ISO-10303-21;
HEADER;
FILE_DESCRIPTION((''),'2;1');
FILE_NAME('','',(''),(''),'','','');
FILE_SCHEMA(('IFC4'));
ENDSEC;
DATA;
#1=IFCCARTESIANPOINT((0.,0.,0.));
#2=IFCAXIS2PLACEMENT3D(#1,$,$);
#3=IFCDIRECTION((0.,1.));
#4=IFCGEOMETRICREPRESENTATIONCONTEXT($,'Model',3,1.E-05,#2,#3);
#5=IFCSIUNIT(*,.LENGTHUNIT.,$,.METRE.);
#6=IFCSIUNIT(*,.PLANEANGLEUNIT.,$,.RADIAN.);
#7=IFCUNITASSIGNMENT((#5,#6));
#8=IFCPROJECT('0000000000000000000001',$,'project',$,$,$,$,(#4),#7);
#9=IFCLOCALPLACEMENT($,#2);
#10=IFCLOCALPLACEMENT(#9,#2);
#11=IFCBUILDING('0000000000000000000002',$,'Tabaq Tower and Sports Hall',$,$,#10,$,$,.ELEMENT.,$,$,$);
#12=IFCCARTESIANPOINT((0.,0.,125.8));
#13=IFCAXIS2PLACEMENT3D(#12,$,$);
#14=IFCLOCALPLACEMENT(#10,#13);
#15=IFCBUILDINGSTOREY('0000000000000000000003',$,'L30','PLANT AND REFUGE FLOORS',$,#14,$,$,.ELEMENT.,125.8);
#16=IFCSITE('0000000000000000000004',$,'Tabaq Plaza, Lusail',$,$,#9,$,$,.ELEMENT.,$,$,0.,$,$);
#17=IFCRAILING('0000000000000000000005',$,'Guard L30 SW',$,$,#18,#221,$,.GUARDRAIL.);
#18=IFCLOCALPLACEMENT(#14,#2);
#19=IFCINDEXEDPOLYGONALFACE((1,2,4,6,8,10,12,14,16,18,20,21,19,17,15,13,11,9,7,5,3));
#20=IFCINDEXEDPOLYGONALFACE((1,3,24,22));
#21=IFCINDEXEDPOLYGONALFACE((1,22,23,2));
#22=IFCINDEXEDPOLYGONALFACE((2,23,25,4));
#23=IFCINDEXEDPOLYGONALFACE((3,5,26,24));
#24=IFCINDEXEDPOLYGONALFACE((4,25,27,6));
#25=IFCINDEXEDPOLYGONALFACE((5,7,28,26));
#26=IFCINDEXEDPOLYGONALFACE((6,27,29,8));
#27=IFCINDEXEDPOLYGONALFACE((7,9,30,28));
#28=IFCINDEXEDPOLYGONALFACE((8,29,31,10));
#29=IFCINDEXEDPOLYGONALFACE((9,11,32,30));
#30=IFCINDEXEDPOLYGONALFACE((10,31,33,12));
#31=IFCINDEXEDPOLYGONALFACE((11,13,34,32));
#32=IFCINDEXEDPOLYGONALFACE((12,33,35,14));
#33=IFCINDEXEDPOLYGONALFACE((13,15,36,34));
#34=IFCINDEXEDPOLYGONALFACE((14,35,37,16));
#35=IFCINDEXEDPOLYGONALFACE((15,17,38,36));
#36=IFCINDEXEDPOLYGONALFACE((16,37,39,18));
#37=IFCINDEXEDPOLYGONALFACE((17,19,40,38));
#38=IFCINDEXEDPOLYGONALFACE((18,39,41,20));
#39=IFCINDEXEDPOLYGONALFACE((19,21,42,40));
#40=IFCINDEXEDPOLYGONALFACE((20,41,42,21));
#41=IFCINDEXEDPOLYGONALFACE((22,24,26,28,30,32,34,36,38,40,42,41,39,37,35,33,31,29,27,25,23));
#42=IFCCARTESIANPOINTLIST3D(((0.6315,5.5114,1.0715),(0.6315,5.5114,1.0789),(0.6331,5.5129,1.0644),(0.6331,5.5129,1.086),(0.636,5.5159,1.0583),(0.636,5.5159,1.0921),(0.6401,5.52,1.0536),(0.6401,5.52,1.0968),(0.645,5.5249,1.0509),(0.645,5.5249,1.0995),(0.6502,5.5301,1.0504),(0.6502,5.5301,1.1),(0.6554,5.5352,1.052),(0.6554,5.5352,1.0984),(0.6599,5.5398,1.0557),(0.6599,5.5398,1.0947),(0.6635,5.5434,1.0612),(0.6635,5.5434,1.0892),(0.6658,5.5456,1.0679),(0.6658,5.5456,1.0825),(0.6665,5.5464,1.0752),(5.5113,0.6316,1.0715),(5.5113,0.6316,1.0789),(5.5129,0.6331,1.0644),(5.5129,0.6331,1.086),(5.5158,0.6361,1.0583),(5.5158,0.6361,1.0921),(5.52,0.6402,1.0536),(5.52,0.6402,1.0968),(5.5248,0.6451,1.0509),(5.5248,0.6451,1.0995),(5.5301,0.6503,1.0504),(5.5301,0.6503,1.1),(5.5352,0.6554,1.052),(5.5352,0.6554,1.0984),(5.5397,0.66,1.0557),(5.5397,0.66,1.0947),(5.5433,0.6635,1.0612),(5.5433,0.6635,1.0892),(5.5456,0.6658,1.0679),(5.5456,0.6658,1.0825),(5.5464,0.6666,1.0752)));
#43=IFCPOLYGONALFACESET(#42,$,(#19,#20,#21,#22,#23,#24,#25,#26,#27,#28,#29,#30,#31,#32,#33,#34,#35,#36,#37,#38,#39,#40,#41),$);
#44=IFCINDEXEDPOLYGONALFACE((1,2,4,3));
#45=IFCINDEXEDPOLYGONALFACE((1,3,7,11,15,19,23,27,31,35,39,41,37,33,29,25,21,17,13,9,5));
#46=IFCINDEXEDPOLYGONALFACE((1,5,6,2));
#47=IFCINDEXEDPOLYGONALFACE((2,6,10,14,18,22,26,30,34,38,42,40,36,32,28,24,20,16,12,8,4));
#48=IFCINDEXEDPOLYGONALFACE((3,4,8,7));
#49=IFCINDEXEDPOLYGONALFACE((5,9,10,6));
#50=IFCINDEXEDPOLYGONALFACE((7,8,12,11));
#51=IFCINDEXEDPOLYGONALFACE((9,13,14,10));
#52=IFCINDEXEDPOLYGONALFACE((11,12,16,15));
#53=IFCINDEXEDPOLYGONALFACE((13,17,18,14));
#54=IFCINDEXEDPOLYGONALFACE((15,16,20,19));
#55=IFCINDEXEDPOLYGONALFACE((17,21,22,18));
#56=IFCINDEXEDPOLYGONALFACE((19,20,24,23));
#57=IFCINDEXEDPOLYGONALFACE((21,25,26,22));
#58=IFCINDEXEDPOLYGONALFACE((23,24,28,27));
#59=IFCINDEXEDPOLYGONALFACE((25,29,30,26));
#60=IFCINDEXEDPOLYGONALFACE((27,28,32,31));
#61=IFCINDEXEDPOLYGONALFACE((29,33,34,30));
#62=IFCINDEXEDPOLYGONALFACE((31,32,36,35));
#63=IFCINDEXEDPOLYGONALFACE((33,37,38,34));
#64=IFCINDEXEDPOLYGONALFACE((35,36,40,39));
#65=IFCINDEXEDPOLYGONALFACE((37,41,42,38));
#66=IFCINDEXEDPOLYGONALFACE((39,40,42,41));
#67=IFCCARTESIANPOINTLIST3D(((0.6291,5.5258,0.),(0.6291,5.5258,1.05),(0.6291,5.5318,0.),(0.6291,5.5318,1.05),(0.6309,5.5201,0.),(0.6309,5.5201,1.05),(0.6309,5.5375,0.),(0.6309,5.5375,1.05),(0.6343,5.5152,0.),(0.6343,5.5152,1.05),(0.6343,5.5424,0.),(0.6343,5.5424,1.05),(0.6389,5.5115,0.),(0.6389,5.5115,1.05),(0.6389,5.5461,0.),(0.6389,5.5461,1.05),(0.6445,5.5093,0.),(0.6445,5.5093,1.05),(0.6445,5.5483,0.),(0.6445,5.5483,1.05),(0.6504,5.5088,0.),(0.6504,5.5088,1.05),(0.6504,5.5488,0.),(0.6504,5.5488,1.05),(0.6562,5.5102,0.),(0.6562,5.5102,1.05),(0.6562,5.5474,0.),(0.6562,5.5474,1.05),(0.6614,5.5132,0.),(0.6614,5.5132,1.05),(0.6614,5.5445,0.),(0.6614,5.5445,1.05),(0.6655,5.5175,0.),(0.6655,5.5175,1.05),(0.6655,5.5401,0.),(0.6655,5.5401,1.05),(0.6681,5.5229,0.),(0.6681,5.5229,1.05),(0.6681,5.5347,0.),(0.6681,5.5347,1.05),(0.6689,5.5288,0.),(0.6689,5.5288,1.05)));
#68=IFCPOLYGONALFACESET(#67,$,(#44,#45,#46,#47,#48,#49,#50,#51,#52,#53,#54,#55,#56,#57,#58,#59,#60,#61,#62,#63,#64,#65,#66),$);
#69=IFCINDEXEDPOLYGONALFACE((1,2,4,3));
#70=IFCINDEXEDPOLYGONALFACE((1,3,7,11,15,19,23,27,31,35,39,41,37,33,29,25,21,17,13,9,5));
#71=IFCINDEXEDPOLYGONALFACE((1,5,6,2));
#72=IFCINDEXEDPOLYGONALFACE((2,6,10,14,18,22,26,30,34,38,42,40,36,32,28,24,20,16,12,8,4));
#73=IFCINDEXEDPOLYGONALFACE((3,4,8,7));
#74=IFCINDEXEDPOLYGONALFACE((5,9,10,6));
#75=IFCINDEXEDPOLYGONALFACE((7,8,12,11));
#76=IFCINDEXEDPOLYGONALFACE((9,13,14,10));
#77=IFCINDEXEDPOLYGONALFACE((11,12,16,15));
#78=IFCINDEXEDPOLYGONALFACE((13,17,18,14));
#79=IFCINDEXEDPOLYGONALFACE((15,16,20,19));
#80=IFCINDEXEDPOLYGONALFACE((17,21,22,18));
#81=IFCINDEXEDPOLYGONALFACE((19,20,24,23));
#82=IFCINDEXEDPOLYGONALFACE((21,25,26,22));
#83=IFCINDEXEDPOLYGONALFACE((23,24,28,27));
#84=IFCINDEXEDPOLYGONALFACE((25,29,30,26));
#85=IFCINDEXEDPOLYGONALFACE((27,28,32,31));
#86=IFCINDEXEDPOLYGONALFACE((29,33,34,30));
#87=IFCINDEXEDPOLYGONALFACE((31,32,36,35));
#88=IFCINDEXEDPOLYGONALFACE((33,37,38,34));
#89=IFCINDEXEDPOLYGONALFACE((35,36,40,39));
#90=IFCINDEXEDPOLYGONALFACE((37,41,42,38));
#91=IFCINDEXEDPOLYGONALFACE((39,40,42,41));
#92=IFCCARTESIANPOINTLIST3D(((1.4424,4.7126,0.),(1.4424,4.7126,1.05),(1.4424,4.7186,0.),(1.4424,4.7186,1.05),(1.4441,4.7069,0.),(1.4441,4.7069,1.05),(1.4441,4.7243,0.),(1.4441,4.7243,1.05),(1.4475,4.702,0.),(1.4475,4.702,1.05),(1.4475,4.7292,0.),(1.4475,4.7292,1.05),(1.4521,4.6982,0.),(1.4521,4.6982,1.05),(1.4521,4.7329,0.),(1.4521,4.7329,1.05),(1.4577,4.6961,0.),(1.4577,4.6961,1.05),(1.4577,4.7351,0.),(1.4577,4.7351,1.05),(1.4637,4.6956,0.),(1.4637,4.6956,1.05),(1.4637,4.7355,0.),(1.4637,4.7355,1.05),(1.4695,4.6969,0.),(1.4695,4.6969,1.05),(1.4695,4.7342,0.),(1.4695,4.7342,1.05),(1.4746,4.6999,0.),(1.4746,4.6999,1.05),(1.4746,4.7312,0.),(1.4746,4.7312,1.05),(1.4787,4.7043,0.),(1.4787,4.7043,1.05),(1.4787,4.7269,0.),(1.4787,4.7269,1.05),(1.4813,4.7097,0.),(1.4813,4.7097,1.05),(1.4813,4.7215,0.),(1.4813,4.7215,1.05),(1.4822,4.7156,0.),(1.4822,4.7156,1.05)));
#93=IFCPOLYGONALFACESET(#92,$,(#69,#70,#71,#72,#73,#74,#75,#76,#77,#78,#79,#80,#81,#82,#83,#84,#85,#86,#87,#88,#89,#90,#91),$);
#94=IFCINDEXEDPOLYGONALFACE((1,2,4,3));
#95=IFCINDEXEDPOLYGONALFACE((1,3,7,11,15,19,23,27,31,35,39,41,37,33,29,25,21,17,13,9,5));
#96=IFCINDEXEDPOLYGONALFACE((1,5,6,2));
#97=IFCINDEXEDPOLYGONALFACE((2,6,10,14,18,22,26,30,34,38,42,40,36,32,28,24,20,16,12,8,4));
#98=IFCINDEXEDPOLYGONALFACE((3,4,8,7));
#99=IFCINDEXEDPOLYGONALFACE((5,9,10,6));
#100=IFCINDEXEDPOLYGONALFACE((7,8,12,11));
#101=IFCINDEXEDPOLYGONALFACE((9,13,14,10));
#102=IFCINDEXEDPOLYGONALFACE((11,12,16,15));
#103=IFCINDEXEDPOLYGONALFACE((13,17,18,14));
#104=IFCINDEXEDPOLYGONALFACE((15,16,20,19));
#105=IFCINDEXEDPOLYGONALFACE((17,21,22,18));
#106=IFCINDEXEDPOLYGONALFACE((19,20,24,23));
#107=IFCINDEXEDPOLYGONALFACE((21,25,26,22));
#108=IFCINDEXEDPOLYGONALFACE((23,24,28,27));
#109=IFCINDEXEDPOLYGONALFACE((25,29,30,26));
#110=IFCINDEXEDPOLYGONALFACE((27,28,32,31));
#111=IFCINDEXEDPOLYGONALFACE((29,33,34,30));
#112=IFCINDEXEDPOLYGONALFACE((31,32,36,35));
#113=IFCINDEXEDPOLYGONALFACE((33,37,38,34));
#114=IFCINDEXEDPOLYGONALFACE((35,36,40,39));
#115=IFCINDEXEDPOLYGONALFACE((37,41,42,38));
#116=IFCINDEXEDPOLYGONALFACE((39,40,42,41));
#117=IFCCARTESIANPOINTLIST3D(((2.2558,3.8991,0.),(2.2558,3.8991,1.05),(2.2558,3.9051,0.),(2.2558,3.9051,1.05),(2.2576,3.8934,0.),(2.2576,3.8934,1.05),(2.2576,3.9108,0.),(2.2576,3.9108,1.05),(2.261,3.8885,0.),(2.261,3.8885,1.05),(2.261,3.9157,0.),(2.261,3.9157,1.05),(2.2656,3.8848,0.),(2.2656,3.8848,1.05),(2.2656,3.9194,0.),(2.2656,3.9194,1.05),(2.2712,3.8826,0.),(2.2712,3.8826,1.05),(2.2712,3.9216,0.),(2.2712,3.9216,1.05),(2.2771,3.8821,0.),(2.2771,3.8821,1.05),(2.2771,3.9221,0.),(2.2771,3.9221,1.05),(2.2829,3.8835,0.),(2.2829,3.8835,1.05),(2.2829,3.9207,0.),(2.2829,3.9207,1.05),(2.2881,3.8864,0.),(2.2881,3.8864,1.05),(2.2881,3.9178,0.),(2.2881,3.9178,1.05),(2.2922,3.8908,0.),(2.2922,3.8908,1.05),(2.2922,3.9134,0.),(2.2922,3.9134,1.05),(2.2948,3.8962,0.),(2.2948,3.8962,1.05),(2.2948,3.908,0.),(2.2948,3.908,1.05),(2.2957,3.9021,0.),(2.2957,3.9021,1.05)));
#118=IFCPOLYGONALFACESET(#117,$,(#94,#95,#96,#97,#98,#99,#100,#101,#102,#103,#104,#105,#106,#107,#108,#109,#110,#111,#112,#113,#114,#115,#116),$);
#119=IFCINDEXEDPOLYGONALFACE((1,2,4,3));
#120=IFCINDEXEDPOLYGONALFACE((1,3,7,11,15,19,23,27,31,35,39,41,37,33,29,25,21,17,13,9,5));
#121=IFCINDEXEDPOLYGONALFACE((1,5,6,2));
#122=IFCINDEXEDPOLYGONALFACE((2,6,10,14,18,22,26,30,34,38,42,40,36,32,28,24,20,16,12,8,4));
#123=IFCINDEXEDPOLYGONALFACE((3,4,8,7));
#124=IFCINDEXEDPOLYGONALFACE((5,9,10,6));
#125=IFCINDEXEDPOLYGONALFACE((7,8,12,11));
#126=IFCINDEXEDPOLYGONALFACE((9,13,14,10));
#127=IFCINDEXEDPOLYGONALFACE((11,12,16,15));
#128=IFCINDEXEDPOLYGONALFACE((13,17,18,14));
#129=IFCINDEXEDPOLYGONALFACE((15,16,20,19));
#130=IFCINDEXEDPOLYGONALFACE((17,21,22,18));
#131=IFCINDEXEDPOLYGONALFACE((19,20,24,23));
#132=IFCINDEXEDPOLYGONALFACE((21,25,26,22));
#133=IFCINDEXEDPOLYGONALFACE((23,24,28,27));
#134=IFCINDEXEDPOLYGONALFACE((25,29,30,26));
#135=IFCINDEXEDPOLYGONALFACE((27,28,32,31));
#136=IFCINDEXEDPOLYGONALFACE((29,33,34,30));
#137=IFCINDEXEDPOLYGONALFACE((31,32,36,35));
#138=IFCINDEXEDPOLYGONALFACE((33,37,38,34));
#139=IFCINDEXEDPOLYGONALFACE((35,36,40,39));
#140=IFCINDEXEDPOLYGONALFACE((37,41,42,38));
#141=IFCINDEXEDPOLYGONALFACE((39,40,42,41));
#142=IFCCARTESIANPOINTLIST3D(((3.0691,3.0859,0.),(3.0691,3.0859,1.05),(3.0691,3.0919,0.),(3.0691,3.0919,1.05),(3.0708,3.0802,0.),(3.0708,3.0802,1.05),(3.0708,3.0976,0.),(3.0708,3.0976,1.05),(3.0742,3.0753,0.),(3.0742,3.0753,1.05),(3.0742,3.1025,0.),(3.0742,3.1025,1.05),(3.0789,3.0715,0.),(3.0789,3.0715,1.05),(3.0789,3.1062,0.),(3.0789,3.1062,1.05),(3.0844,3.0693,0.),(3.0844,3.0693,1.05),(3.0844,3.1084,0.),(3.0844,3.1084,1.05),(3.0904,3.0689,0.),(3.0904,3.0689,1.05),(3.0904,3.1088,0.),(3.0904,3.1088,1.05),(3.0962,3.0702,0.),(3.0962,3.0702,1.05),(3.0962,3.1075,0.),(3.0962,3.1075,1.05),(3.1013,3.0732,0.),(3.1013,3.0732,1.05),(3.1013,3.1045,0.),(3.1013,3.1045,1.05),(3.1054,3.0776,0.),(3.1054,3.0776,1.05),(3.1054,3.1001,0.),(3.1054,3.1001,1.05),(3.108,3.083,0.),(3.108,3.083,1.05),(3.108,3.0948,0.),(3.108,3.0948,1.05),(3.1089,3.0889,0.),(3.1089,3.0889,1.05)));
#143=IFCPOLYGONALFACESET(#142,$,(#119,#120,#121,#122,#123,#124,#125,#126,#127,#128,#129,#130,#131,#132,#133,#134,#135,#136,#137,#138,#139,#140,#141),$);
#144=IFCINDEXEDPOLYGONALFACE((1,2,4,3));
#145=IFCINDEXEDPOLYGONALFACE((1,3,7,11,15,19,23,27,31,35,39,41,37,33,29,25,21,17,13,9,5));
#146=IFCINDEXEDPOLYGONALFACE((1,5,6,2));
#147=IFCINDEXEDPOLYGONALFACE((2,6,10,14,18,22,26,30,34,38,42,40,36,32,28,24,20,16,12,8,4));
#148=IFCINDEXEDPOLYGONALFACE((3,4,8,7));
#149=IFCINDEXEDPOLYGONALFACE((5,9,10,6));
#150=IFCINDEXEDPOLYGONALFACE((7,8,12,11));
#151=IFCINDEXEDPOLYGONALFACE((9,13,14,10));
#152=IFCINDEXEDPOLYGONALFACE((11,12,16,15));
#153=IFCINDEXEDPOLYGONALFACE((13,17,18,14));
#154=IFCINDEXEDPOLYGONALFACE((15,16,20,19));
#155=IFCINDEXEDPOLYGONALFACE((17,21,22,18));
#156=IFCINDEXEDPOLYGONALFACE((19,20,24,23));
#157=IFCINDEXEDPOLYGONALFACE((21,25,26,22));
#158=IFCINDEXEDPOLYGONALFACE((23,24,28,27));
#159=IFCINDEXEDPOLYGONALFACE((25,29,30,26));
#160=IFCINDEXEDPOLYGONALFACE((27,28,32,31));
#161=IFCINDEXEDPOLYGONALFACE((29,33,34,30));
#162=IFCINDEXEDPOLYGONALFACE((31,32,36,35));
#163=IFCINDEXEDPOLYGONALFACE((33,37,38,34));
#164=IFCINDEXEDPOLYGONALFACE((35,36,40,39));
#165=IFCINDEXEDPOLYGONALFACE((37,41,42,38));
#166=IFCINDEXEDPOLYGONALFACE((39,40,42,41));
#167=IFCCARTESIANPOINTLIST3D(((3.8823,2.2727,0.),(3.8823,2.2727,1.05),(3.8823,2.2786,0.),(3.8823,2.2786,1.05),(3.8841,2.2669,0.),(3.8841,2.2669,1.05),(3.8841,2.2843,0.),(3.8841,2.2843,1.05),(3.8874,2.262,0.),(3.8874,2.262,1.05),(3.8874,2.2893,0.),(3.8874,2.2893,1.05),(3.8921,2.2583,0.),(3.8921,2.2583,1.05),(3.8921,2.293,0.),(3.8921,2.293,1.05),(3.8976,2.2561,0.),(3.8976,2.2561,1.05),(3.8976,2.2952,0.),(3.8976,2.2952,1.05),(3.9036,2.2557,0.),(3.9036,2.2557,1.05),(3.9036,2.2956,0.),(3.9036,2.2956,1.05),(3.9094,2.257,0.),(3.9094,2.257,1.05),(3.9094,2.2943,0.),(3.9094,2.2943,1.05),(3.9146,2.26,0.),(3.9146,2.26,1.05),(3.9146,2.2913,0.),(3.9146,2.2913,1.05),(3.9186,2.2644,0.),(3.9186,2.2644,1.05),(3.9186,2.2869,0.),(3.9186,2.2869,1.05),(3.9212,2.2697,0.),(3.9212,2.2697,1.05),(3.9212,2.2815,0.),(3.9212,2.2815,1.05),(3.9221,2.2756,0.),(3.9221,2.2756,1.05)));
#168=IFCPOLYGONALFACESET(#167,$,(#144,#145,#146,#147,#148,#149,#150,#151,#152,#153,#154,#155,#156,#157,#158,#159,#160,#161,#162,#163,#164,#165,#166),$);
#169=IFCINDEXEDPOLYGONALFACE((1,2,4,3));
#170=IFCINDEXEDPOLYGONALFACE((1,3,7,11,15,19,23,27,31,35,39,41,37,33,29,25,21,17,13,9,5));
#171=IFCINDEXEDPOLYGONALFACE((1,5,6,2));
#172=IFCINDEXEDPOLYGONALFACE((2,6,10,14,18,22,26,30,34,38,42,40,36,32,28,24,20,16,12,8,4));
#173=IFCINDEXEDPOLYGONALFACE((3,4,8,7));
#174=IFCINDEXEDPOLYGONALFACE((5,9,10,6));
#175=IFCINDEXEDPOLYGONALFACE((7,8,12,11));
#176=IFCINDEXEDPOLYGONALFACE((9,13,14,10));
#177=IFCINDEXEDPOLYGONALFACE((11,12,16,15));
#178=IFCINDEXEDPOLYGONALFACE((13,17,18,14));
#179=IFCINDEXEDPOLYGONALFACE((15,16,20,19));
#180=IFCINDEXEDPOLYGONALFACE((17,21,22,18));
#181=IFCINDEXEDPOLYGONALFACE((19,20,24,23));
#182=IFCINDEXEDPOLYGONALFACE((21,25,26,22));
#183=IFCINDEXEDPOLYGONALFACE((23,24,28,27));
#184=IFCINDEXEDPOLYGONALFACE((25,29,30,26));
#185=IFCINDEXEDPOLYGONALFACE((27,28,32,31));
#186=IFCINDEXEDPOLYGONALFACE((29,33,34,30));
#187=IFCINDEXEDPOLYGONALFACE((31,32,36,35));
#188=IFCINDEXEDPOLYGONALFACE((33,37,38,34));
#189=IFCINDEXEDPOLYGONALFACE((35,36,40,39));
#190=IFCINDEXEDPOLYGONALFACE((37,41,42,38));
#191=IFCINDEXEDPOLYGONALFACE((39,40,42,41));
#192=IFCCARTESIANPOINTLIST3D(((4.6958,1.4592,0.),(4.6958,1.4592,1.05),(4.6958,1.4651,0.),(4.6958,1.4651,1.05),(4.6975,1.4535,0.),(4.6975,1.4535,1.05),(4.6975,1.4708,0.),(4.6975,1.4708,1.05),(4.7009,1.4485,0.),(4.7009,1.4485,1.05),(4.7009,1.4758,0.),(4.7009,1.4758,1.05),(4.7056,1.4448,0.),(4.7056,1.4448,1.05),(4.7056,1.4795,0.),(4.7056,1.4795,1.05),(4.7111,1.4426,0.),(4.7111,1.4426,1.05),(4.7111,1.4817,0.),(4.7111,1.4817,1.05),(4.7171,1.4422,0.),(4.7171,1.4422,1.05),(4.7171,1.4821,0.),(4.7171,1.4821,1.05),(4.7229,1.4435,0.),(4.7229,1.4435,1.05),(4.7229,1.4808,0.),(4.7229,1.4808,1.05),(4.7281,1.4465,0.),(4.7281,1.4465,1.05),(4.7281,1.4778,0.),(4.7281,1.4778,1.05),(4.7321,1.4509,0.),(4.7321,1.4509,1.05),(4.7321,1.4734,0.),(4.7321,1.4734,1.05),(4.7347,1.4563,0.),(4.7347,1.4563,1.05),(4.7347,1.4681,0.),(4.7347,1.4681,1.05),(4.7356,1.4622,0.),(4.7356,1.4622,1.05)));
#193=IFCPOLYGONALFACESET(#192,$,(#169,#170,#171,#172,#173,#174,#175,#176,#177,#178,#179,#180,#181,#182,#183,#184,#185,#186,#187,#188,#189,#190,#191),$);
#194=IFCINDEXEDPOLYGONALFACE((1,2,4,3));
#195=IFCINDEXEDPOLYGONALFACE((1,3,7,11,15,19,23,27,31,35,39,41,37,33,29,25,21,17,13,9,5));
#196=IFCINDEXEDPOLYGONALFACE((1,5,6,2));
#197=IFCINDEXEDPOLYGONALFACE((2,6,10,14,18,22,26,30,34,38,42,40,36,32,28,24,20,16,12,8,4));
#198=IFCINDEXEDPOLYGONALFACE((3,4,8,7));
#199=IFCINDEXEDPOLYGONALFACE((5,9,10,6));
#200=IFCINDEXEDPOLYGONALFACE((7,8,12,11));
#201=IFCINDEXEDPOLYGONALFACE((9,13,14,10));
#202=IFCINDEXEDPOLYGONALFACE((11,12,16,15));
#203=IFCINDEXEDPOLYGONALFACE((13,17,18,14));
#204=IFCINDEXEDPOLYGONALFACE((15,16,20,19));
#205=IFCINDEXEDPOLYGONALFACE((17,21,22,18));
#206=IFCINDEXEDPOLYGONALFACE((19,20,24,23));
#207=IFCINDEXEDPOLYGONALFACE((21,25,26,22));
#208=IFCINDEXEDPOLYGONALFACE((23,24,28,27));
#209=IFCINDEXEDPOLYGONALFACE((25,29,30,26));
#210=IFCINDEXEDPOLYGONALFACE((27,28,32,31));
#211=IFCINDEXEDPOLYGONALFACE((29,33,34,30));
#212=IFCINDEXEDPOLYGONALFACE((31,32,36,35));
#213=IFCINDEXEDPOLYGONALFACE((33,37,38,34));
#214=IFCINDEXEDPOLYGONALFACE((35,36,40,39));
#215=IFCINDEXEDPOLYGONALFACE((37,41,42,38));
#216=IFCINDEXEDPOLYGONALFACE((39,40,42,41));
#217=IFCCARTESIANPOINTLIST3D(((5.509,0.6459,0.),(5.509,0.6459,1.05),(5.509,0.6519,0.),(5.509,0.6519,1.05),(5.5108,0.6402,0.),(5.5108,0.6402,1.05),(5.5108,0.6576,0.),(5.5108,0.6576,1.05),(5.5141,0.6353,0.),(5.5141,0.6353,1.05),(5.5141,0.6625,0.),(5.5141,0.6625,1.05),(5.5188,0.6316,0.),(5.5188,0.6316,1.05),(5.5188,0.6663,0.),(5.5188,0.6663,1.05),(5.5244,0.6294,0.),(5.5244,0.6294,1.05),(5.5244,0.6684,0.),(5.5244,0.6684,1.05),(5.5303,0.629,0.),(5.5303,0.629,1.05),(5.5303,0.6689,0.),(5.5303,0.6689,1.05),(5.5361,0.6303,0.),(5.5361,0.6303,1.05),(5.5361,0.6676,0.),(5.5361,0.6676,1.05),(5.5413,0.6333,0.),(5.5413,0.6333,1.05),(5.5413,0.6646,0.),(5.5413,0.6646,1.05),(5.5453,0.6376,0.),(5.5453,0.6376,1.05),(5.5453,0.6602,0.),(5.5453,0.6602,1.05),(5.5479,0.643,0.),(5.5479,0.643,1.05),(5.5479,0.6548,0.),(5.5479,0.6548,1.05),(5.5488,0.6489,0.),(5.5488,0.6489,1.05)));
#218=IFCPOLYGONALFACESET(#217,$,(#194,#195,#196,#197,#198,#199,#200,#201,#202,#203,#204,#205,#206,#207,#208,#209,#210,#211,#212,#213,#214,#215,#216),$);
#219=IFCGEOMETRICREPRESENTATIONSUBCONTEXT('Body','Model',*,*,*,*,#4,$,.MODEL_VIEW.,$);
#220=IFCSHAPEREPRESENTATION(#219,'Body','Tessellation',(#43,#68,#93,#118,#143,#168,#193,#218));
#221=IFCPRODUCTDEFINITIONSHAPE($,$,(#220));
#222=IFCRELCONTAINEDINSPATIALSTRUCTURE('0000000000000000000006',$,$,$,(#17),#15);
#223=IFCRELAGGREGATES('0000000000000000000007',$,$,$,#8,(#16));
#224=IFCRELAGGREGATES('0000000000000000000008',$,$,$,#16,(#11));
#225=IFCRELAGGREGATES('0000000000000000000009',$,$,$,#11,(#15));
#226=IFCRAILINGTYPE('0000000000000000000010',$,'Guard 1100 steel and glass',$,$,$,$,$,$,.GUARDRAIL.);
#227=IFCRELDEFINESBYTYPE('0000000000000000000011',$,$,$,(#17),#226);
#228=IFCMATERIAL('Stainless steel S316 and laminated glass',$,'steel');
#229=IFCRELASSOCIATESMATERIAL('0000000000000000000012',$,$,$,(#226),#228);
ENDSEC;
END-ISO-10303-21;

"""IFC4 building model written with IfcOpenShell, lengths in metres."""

from ifc_helpers import new_model, si_unit, direction, frame, origin, origin_2d, place, context, subcontext, project, spatial, circle, extrude, material, type_object, element, save


model = new_model("IFC4")

# Units and contexts
model_context = context("Model", 3, precision=1e-05, world=origin(), true_north=direction((0.0, 1.0)))
body_context = subcontext(model_context, "Body", "Model", "MODEL_VIEW")
ifc_project = project(units=[si_unit("LENGTHUNIT", "METRE"), si_unit("PLANEANGLEUNIT", "RADIAN")], contexts=[model_context])

# Site, building, storey
site_placement = place(None, origin())
site = spatial("IfcSite", under=ifc_project, at=site_placement, Name="Tabaq Plaza, Lusail", CompositionType="ELEMENT", RefElevation=0.0)
building_placement = place(site_placement, origin())
building = spatial("IfcBuilding", under=site, at=building_placement, Name="Tabaq Tower and Sports Hall", CompositionType="ELEMENT")
storey_placement = place(building_placement, frame((0.0, 0.0, 125.8)))
storey = spatial("IfcBuildingStorey", under=building, at=storey_placement, Name="L30", Description="PLANT AND REFUGE FLOORS", CompositionType="ELEMENT", Elevation=125.8)

# Railing
ifc_material_1 = material(Name="Stainless steel S316 and laminated glass", Category="steel")
railing_type = type_object("IfcRailingType", Name="Guard 1100 steel and glass", PredefinedType="GUARDRAIL", material=ifc_material_1)
railing_placement = place(storey_placement, frame((0.6489, 5.5288, 0.0)))
element("IfcRailing", 1, at=railing_placement, inside=storey, type_object=railing_type, Name="Guard L30 SW", PredefinedType="GUARDRAIL", context=body_context, shape_type="SweptSolid", body=[
    extrude(circle(Radius=0.0249, at=origin_2d()), frame((0.0, 0.0, 1.0752), z_axis=(0.707107, -0.707107, 0.0), x_axis=(0.707107, 0.707107, 0.0)), (0.0, 0.0, 1.0), 6.9011),
    extrude(circle(Radius=0.02, at=origin_2d()), origin(), (0.0, 0.0, 1.0), 1.05),
    extrude(circle(Radius=0.02, at=origin_2d()), frame((0.8132, -0.8132, 0.0)), (0.0, 0.0, 1.0), 1.05),
    extrude(circle(Radius=0.02, at=origin_2d()), frame((1.6267, -1.6267, 0.0)), (0.0, 0.0, 1.0), 1.05),
    extrude(circle(Radius=0.02, at=origin_2d()), frame((2.4399, -2.4399, 0.0)), (0.0, 0.0, 1.0), 1.05),
    extrude(circle(Radius=0.02, at=origin_2d()), frame((3.2532, -3.2532, 0.0)), (0.0, 0.0, 1.0), 1.05),
    extrude(circle(Radius=0.02, at=origin_2d()), frame((4.0667, -4.0667, 0.0)), (0.0, 0.0, 1.0), 1.05),
    extrude(circle(Radius=0.02, at=origin_2d()), frame((4.8799, -4.8799, 0.0)), (0.0, 0.0, 1.0), 1.05),
])

save(model, "model.ifc")
